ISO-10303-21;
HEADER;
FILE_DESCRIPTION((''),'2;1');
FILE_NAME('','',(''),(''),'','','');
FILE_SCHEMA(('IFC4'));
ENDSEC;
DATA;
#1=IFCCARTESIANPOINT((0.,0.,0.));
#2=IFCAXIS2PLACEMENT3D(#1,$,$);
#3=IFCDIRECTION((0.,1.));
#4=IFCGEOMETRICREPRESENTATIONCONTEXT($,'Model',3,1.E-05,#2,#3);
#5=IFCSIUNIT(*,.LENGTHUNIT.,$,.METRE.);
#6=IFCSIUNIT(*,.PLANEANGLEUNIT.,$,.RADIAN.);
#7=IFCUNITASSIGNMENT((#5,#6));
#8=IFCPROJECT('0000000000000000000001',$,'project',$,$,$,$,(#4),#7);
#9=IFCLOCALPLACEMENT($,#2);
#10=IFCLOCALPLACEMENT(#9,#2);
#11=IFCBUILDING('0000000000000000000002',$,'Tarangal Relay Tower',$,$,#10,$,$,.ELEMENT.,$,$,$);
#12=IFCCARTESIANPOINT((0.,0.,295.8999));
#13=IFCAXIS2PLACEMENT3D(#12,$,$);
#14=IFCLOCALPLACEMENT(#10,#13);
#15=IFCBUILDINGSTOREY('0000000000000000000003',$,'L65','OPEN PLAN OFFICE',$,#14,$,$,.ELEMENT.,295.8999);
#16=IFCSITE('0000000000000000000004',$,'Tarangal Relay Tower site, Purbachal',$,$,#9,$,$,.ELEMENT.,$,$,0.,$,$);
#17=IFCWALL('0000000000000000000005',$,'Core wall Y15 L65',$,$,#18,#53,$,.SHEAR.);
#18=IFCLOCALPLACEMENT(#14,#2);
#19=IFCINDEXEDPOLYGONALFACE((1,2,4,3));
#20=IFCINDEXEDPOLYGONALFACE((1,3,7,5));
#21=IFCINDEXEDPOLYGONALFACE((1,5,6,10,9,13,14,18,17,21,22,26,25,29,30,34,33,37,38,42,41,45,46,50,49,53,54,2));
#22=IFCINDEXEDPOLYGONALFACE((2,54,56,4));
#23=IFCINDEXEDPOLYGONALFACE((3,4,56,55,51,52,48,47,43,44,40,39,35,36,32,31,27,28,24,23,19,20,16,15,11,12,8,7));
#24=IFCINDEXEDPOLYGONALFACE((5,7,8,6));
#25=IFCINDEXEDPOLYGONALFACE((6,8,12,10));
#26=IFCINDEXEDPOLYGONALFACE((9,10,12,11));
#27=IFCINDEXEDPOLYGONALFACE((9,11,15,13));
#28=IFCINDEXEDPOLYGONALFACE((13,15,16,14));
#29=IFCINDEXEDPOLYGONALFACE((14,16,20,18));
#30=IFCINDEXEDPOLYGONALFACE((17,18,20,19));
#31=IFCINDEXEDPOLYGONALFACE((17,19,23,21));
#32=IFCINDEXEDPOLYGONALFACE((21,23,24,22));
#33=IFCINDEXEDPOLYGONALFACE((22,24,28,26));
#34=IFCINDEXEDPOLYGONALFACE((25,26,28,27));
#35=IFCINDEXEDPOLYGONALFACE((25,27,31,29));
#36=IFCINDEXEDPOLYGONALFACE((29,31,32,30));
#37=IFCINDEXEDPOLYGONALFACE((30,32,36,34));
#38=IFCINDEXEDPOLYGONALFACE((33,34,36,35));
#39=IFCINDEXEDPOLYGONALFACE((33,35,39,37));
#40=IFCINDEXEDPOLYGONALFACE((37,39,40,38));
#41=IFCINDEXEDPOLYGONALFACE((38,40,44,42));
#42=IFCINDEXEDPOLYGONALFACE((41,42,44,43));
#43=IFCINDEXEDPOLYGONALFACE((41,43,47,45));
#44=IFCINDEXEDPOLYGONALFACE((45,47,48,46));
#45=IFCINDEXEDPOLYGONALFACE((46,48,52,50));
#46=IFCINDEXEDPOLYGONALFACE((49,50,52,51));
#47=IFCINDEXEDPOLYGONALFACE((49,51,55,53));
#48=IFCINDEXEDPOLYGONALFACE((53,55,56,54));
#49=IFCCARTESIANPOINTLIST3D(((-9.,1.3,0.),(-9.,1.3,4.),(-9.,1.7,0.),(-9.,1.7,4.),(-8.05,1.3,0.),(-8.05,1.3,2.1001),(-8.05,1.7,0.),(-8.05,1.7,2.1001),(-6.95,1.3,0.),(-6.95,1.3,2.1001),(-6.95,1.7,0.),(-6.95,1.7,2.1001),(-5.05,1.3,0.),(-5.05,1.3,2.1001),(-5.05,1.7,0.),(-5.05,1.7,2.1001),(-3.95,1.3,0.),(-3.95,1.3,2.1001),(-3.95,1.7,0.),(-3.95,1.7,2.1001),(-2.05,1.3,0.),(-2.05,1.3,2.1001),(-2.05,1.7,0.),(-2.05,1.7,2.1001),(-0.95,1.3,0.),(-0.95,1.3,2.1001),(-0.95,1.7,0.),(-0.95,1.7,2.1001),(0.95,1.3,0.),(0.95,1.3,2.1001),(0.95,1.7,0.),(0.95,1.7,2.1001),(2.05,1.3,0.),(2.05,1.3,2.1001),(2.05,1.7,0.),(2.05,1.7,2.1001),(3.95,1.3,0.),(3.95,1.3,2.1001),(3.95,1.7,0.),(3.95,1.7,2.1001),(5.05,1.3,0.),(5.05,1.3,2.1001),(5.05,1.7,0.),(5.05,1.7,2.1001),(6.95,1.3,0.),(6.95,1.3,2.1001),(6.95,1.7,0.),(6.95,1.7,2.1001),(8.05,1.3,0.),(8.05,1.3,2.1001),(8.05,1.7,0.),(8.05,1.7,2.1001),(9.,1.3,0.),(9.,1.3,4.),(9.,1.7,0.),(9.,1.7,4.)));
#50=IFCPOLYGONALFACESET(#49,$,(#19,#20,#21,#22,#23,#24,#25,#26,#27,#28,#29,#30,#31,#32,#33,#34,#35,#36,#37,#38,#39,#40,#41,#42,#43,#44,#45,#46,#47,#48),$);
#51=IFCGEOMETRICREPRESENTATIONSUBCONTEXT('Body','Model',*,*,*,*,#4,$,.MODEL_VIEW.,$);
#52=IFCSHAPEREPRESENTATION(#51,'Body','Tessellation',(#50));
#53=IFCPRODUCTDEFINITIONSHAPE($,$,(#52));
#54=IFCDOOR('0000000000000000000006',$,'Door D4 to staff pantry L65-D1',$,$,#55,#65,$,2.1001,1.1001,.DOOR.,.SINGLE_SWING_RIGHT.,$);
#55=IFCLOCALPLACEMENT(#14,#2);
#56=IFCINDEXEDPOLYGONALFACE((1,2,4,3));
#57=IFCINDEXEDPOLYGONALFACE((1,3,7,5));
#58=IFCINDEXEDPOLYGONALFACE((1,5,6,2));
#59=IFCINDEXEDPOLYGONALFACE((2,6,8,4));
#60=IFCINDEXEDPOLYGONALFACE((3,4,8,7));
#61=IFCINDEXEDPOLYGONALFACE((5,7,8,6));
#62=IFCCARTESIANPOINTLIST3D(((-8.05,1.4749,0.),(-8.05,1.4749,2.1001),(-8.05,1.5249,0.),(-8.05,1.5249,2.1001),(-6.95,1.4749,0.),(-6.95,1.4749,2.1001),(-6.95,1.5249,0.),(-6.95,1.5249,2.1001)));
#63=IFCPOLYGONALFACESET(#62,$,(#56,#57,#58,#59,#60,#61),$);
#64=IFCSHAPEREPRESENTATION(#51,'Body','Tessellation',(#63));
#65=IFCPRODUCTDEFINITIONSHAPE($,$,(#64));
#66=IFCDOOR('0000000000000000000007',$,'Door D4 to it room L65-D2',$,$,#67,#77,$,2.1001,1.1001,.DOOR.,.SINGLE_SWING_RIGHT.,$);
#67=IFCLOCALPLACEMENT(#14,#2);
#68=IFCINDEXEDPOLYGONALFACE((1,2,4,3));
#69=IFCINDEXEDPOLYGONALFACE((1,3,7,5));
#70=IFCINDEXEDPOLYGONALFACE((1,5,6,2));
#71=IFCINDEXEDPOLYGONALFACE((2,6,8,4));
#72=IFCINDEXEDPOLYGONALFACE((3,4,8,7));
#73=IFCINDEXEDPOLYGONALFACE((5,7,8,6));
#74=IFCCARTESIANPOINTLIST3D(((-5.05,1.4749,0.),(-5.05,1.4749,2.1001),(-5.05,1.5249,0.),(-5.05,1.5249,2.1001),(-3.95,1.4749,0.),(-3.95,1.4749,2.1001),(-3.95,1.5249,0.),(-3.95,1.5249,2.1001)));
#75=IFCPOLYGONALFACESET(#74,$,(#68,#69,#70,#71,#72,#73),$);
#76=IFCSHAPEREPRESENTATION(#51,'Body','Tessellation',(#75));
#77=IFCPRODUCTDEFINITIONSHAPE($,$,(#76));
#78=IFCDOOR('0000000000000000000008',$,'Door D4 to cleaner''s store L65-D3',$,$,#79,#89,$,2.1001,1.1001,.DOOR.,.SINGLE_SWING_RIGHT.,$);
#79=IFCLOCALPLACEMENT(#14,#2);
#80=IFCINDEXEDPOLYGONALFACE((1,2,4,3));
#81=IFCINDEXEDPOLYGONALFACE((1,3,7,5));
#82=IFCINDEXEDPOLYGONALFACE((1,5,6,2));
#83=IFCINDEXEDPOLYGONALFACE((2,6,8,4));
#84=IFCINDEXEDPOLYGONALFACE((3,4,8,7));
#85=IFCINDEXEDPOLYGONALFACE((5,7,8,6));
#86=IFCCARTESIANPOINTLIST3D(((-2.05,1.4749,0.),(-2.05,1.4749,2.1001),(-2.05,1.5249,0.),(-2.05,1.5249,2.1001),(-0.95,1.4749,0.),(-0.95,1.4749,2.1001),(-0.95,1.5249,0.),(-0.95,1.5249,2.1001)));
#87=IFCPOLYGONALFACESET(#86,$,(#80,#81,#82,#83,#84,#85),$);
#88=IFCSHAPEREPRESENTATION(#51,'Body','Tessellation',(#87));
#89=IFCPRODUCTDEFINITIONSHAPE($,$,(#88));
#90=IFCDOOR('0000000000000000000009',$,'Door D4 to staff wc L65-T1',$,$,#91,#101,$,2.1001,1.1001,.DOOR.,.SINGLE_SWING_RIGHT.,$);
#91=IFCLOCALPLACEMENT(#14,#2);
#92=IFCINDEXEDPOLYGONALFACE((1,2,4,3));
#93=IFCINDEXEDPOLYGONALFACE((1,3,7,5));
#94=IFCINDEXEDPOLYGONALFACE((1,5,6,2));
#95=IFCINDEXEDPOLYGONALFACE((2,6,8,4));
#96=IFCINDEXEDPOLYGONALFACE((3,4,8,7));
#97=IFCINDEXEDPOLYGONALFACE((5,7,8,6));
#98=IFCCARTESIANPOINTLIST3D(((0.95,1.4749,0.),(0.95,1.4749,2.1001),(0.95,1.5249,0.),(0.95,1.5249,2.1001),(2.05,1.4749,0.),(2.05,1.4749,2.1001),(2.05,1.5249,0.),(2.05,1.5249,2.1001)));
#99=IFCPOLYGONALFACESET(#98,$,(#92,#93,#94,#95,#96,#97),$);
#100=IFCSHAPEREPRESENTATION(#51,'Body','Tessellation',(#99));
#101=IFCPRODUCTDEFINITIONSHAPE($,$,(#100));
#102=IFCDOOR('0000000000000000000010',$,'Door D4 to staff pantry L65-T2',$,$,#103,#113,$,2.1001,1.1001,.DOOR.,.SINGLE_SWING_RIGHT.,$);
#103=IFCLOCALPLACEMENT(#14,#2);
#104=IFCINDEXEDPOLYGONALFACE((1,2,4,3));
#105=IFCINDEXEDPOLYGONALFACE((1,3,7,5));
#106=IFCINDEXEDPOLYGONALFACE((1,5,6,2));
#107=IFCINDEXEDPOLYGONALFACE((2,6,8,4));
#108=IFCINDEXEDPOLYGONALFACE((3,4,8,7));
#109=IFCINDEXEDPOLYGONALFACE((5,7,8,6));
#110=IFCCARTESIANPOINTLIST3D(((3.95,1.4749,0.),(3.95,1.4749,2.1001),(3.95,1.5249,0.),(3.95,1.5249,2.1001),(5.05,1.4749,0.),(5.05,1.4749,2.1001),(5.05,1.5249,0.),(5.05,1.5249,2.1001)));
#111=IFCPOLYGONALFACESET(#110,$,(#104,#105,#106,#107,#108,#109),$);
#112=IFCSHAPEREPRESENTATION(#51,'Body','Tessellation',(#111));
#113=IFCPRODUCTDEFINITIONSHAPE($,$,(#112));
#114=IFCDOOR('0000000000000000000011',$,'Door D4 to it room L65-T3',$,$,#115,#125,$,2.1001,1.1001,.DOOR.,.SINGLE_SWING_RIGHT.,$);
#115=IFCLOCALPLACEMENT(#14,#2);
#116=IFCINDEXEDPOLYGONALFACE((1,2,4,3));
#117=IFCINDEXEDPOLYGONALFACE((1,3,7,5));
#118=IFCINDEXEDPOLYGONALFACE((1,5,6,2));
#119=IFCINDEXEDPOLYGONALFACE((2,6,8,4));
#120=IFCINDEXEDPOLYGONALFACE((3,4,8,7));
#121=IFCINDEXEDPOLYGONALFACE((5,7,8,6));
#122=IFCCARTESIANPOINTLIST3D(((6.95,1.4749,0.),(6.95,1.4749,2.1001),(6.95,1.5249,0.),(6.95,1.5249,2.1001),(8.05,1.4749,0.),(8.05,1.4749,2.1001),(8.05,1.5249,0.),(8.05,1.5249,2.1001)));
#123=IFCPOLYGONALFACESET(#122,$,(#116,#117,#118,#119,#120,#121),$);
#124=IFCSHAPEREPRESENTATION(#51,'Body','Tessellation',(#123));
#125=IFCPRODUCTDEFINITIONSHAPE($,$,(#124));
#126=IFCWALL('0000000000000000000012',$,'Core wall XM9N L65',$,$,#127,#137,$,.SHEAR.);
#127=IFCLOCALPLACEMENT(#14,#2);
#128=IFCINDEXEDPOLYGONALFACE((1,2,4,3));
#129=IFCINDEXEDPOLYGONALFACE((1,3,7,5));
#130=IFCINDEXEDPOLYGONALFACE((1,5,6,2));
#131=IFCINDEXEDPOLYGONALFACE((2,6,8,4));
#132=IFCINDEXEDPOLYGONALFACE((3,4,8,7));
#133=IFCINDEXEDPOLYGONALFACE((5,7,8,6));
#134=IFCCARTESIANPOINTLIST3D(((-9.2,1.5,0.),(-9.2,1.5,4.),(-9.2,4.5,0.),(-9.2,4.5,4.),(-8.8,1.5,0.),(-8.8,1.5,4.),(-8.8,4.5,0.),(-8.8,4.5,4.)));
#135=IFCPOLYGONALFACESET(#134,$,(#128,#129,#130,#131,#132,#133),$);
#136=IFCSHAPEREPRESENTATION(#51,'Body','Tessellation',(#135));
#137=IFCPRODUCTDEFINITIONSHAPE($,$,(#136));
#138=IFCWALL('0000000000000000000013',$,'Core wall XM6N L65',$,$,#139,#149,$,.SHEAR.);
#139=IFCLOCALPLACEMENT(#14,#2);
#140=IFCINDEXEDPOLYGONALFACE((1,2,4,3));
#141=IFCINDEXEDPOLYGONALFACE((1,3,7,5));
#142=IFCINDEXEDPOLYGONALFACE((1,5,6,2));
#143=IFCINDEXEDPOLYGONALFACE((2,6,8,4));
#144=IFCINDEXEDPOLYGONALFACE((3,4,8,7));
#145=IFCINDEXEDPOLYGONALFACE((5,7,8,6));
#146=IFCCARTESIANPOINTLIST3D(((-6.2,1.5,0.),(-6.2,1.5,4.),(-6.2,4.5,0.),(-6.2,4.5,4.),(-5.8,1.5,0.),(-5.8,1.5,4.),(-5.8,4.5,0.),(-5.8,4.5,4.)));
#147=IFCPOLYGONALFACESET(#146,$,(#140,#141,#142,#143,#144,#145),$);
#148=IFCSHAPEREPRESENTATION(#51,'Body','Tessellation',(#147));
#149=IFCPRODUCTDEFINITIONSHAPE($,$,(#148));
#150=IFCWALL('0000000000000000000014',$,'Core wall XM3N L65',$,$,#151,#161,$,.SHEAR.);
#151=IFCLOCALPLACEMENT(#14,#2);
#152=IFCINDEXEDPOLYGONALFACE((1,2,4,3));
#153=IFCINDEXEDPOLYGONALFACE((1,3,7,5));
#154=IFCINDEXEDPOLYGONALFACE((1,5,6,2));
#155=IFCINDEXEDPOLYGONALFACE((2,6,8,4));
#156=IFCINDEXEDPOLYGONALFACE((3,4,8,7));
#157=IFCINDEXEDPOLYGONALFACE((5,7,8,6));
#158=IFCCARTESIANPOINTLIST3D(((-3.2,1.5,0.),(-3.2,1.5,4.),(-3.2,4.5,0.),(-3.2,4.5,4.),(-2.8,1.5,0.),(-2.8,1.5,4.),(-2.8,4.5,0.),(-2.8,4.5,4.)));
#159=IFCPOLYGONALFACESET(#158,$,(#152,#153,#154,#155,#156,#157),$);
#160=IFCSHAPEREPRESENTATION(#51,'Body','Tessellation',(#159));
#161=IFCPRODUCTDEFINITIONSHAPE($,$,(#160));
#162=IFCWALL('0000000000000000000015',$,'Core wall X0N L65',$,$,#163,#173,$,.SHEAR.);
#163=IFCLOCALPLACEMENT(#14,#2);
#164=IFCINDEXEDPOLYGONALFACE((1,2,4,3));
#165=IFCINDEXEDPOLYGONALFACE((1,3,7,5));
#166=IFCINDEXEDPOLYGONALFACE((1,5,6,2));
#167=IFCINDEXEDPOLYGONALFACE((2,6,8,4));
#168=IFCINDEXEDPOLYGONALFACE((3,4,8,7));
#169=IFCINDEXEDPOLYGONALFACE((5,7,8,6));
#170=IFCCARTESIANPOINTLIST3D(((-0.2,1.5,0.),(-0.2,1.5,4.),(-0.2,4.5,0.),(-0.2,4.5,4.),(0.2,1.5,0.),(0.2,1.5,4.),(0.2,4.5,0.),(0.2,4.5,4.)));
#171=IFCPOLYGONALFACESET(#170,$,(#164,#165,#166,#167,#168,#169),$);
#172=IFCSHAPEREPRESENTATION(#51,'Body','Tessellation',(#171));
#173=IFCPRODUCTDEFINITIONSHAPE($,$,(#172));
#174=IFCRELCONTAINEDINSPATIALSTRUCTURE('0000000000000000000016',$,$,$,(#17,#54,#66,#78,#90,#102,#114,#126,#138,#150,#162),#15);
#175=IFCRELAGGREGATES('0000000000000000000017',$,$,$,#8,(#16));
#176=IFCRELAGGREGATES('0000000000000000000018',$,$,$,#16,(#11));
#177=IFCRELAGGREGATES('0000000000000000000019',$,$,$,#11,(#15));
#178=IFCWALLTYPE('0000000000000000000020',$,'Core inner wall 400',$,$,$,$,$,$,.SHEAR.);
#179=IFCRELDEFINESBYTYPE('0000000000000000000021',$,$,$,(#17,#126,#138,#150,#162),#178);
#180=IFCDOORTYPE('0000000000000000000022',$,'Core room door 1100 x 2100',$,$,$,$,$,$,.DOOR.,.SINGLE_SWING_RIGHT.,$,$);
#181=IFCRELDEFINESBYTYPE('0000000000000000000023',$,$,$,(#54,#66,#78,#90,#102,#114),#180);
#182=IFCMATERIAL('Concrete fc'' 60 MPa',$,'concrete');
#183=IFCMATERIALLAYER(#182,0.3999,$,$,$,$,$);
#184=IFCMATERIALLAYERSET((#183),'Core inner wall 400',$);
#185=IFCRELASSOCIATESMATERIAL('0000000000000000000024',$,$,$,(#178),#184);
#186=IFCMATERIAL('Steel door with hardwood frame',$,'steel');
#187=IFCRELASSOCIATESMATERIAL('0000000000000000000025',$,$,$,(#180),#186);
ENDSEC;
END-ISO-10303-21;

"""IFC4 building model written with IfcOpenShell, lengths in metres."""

from ifc_helpers import new_model, si_unit, direction, frame, frame_2d, origin, place, context, subcontext, project, spatial, rectangle, extrude, material, layer, layer_set, type_object, element, fill, save


model = new_model("IFC4")

# Units and contexts
model_context = context("Model", 3, precision=1e-05, world=origin(), true_north=direction((0.0, 1.0)))
body_context = subcontext(model_context, "Body", "Model", "MODEL_VIEW")
ifc_project = project(units=[si_unit("LENGTHUNIT", "METRE"), si_unit("PLANEANGLEUNIT", "RADIAN")], contexts=[model_context])

# Site, building, storey
site_placement = place(None, origin())
site = spatial("IfcSite", under=ifc_project, at=site_placement, Name="Tarangal Relay Tower site, Purbachal", CompositionType="ELEMENT", RefElevation=0.0)
building_placement = place(site_placement, origin())
building = spatial("IfcBuilding", under=site, at=building_placement, Name="Tarangal Relay Tower", CompositionType="ELEMENT")
storey_placement = place(building_placement, frame((0.0, 0.0, 295.8999)))
storey = spatial("IfcBuildingStorey", under=building, at=storey_placement, Name="L65", Description="OPEN PLAN OFFICE", CompositionType="ELEMENT", Elevation=295.8999)

# Wall, openings, doors
ifc_material_1 = material(Name="Concrete fc' 60 MPa", Category="concrete")
ifc_layer_1 = layer(ifc_material_1, 0.3999)
ifc_layer_set_1 = layer_set([ifc_layer_1], Name="Core inner wall 400")
wall_type_1 = type_object("IfcWallType", Name="Core inner wall 400", PredefinedType="SHEAR", material=ifc_layer_set_1)
wall_1_placement = place(storey_placement, frame((-9.0, 1.5, 0.0), z_axis=(0.0, 0.0, 1.0), x_axis=(1.0, 0.0, 0.0)))
wall_1 = element("IfcWall", 1, at=wall_1_placement, inside=storey, type_object=wall_type_1, Name="Core wall Y15 L65", PredefinedType="SHEAR", context=body_context, shape_type="SweptSolid", body=[
    extrude(rectangle(XDim=18.0, YDim=0.3999, at=frame_2d((9.0, 0.0))), origin(), (0.0, 0.0, 1.0), 4.0),
])
opening_1_placement = place(wall_1_placement, frame((0.95, 0.0, 0.0)))
opening_1 = element("IfcOpeningElement", 2, at=opening_1_placement, cuts=wall_1, PredefinedType="OPENING", context=body_context, shape_type="SweptSolid", body=[
    extrude(rectangle(XDim=1.1001, YDim=2.1001, at=frame_2d((0.55, 1.05))), frame((0.0, 0.21, 0.0), z_axis=(0.0, -1.0, 0.0), x_axis=(1.0, 0.0, 0.0)), (0.0, 0.0, 1.0), 0.4199),
])
opening_2_placement = place(wall_1_placement, frame((3.95, 0.0, 0.0)))
opening_2 = element("IfcOpeningElement", 3, at=opening_2_placement, cuts=wall_1, PredefinedType="OPENING", context=body_context, shape_type="SweptSolid", body=[
    extrude(rectangle(XDim=1.1001, YDim=2.1001, at=frame_2d((0.55, 1.05))), frame((0.0, 0.21, 0.0), z_axis=(0.0, -1.0, 0.0), x_axis=(1.0, 0.0, 0.0)), (0.0, 0.0, 1.0), 0.4199),
])
opening_3_placement = place(wall_1_placement, frame((6.95, 0.0, 0.0)))
opening_3 = element("IfcOpeningElement", 4, at=opening_3_placement, cuts=wall_1, PredefinedType="OPENING", context=body_context, shape_type="SweptSolid", body=[
    extrude(rectangle(XDim=1.1001, YDim=2.1001, at=frame_2d((0.55, 1.05))), frame((0.0, 0.21, 0.0), z_axis=(0.0, -1.0, 0.0), x_axis=(1.0, 0.0, 0.0)), (0.0, 0.0, 1.0), 0.4199),
])
opening_4_placement = place(wall_1_placement, frame((9.95, 0.0, 0.0)))
opening_4 = element("IfcOpeningElement", 5, at=opening_4_placement, cuts=wall_1, PredefinedType="OPENING", context=body_context, shape_type="SweptSolid", body=[
    extrude(rectangle(XDim=1.1001, YDim=2.1001, at=frame_2d((0.55, 1.05))), frame((0.0, 0.21, 0.0), z_axis=(0.0, -1.0, 0.0), x_axis=(1.0, 0.0, 0.0)), (0.0, 0.0, 1.0), 0.4199),
])
opening_5_placement = place(wall_1_placement, frame((12.95, 0.0, 0.0)))
opening_5 = element("IfcOpeningElement", 6, at=opening_5_placement, cuts=wall_1, PredefinedType="OPENING", context=body_context, shape_type="SweptSolid", body=[
    extrude(rectangle(XDim=1.1001, YDim=2.1001, at=frame_2d((0.55, 1.05))), frame((0.0, 0.21, 0.0), z_axis=(0.0, -1.0, 0.0), x_axis=(1.0, 0.0, 0.0)), (0.0, 0.0, 1.0), 0.4199),
])
opening_6_placement = place(wall_1_placement, frame((15.95, 0.0, 0.0)))
opening_6 = element("IfcOpeningElement", 7, at=opening_6_placement, cuts=wall_1, PredefinedType="OPENING", context=body_context, shape_type="SweptSolid", body=[
    extrude(rectangle(XDim=1.1001, YDim=2.1001, at=frame_2d((0.55, 1.05))), frame((0.0, 0.21, 0.0), z_axis=(0.0, -1.0, 0.0), x_axis=(1.0, 0.0, 0.0)), (0.0, 0.0, 1.0), 0.4199),
])
ifc_material_2 = material(Name="Steel door with hardwood frame", Category="steel")
door_type_1 = type_object("IfcDoorType", Name="Core room door 1100 x 2100", OperationType="SINGLE_SWING_RIGHT", PredefinedType="DOOR", material=ifc_material_2)
door_1_placement = place(opening_1_placement, origin())
door_1 = element("IfcDoor", 8, at=door_1_placement, inside=storey, type_object=door_type_1, Name="Door D4 to staff pantry L65-D1", OperationType="SINGLE_SWING_RIGHT", OverallHeight=2.1001, OverallWidth=1.1001, PredefinedType="DOOR", context=body_context, shape_type="SweptSolid", body=[
    extrude(rectangle(XDim=1.1001, YDim=2.1001, at=frame_2d((0.55, 1.05))), frame((0.0, 0.0249, 0.0), z_axis=(0.0, -1.0, 0.0), x_axis=(1.0, 0.0, 0.0)), (0.0, 0.0, 1.0), 0.05),
])
fill(opening_1, door_1)
door_2_placement = place(opening_2_placement, origin())
door_2 = element("IfcDoor", 9, at=door_2_placement, inside=storey, type_object=door_type_1, Name="Door D4 to it room L65-D2", OperationType="SINGLE_SWING_RIGHT", OverallHeight=2.1001, OverallWidth=1.1001, PredefinedType="DOOR", context=body_context, shape_type="SweptSolid", body=[
    extrude(rectangle(XDim=1.1001, YDim=2.1001, at=frame_2d((0.55, 1.05))), frame((0.0, 0.0249, 0.0), z_axis=(0.0, -1.0, 0.0), x_axis=(1.0, 0.0, 0.0)), (0.0, 0.0, 1.0), 0.05),
])
fill(opening_2, door_2)
door_3_placement = place(opening_3_placement, origin())
door_3 = element("IfcDoor", 10, at=door_3_placement, inside=storey, type_object=door_type_1, Name="Door D4 to cleaner's store L65-D3", OperationType="SINGLE_SWING_RIGHT", OverallHeight=2.1001, OverallWidth=1.1001, PredefinedType="DOOR", context=body_context, shape_type="SweptSolid", body=[
    extrude(rectangle(XDim=1.1001, YDim=2.1001, at=frame_2d((0.55, 1.05))), frame((0.0, 0.0249, 0.0), z_axis=(0.0, -1.0, 0.0), x_axis=(1.0, 0.0, 0.0)), (0.0, 0.0, 1.0), 0.05),
])
fill(opening_3, door_3)
door_4_placement = place(opening_4_placement, origin())
door_4 = element("IfcDoor", 11, at=door_4_placement, inside=storey, type_object=door_type_1, Name="Door D4 to staff wc L65-T1", OperationType="SINGLE_SWING_RIGHT", OverallHeight=2.1001, OverallWidth=1.1001, PredefinedType="DOOR", context=body_context, shape_type="SweptSolid", body=[
    extrude(rectangle(XDim=1.1001, YDim=2.1001, at=frame_2d((0.55, 1.05))), frame((0.0, 0.0249, 0.0), z_axis=(0.0, -1.0, 0.0), x_axis=(1.0, 0.0, 0.0)), (0.0, 0.0, 1.0), 0.05),
])
fill(opening_4, door_4)
door_5_placement = place(opening_5_placement, origin())
door_5 = element("IfcDoor", 12, at=door_5_placement, inside=storey, type_object=door_type_1, Name="Door D4 to staff pantry L65-T2", OperationType="SINGLE_SWING_RIGHT", OverallHeight=2.1001, OverallWidth=1.1001, PredefinedType="DOOR", context=body_context, shape_type="SweptSolid", body=[
    extrude(rectangle(XDim=1.1001, YDim=2.1001, at=frame_2d((0.55, 1.05))), frame((0.0, 0.0249, 0.0), z_axis=(0.0, -1.0, 0.0), x_axis=(1.0, 0.0, 0.0)), (0.0, 0.0, 1.0), 0.05),
])
fill(opening_5, door_5)
door_6_placement = place(opening_6_placement, origin())
door_6 = element("IfcDoor", 13, at=door_6_placement, inside=storey, type_object=door_type_1, Name="Door D4 to it room L65-T3", OperationType="SINGLE_SWING_RIGHT", OverallHeight=2.1001, OverallWidth=1.1001, PredefinedType="DOOR", context=body_context, shape_type="SweptSolid", body=[
    extrude(rectangle(XDim=1.1001, YDim=2.1001, at=frame_2d((0.55, 1.05))), frame((0.0, 0.0249, 0.0), z_axis=(0.0, -1.0, 0.0), x_axis=(1.0, 0.0, 0.0)), (0.0, 0.0, 1.0), 0.05),
])
fill(opening_6, door_6)

# Walls
for number, where, z_axis, x_axis, name in (
    (14, (-9.0, 1.5, 0.0), (0.0, 0.0, 1.0), (0.0, 1.0, 0.0), "Core wall XM9N L65"),
    (15, (-6.0, 1.5, 0.0), (0.0, 0.0, 1.0), (0.0, 1.0, 0.0), "Core wall XM6N L65"),
    (16, (-3.0, 1.5, 0.0), (0.0, 0.0, 1.0), (0.0, 1.0, 0.0), "Core wall XM3N L65"),
    (17, (0.0, 1.5, 0.0), (0.0, 0.0, 1.0), (0.0, 1.0, 0.0), "Core wall X0N L65"),
):
    element("IfcWall", number, at=place(storey_placement, frame(where, z_axis=z_axis, x_axis=x_axis)), inside=storey, type_object=wall_type_1, Name=name, PredefinedType="SHEAR", context=body_context, shape_type="SweptSolid", body=[
        extrude(rectangle(XDim=3.0, YDim=0.3999, at=frame_2d((1.5, 0.0))), origin(), (0.0, 0.0, 1.0), 4.0),
    ])

save(model, "model.ifc")
